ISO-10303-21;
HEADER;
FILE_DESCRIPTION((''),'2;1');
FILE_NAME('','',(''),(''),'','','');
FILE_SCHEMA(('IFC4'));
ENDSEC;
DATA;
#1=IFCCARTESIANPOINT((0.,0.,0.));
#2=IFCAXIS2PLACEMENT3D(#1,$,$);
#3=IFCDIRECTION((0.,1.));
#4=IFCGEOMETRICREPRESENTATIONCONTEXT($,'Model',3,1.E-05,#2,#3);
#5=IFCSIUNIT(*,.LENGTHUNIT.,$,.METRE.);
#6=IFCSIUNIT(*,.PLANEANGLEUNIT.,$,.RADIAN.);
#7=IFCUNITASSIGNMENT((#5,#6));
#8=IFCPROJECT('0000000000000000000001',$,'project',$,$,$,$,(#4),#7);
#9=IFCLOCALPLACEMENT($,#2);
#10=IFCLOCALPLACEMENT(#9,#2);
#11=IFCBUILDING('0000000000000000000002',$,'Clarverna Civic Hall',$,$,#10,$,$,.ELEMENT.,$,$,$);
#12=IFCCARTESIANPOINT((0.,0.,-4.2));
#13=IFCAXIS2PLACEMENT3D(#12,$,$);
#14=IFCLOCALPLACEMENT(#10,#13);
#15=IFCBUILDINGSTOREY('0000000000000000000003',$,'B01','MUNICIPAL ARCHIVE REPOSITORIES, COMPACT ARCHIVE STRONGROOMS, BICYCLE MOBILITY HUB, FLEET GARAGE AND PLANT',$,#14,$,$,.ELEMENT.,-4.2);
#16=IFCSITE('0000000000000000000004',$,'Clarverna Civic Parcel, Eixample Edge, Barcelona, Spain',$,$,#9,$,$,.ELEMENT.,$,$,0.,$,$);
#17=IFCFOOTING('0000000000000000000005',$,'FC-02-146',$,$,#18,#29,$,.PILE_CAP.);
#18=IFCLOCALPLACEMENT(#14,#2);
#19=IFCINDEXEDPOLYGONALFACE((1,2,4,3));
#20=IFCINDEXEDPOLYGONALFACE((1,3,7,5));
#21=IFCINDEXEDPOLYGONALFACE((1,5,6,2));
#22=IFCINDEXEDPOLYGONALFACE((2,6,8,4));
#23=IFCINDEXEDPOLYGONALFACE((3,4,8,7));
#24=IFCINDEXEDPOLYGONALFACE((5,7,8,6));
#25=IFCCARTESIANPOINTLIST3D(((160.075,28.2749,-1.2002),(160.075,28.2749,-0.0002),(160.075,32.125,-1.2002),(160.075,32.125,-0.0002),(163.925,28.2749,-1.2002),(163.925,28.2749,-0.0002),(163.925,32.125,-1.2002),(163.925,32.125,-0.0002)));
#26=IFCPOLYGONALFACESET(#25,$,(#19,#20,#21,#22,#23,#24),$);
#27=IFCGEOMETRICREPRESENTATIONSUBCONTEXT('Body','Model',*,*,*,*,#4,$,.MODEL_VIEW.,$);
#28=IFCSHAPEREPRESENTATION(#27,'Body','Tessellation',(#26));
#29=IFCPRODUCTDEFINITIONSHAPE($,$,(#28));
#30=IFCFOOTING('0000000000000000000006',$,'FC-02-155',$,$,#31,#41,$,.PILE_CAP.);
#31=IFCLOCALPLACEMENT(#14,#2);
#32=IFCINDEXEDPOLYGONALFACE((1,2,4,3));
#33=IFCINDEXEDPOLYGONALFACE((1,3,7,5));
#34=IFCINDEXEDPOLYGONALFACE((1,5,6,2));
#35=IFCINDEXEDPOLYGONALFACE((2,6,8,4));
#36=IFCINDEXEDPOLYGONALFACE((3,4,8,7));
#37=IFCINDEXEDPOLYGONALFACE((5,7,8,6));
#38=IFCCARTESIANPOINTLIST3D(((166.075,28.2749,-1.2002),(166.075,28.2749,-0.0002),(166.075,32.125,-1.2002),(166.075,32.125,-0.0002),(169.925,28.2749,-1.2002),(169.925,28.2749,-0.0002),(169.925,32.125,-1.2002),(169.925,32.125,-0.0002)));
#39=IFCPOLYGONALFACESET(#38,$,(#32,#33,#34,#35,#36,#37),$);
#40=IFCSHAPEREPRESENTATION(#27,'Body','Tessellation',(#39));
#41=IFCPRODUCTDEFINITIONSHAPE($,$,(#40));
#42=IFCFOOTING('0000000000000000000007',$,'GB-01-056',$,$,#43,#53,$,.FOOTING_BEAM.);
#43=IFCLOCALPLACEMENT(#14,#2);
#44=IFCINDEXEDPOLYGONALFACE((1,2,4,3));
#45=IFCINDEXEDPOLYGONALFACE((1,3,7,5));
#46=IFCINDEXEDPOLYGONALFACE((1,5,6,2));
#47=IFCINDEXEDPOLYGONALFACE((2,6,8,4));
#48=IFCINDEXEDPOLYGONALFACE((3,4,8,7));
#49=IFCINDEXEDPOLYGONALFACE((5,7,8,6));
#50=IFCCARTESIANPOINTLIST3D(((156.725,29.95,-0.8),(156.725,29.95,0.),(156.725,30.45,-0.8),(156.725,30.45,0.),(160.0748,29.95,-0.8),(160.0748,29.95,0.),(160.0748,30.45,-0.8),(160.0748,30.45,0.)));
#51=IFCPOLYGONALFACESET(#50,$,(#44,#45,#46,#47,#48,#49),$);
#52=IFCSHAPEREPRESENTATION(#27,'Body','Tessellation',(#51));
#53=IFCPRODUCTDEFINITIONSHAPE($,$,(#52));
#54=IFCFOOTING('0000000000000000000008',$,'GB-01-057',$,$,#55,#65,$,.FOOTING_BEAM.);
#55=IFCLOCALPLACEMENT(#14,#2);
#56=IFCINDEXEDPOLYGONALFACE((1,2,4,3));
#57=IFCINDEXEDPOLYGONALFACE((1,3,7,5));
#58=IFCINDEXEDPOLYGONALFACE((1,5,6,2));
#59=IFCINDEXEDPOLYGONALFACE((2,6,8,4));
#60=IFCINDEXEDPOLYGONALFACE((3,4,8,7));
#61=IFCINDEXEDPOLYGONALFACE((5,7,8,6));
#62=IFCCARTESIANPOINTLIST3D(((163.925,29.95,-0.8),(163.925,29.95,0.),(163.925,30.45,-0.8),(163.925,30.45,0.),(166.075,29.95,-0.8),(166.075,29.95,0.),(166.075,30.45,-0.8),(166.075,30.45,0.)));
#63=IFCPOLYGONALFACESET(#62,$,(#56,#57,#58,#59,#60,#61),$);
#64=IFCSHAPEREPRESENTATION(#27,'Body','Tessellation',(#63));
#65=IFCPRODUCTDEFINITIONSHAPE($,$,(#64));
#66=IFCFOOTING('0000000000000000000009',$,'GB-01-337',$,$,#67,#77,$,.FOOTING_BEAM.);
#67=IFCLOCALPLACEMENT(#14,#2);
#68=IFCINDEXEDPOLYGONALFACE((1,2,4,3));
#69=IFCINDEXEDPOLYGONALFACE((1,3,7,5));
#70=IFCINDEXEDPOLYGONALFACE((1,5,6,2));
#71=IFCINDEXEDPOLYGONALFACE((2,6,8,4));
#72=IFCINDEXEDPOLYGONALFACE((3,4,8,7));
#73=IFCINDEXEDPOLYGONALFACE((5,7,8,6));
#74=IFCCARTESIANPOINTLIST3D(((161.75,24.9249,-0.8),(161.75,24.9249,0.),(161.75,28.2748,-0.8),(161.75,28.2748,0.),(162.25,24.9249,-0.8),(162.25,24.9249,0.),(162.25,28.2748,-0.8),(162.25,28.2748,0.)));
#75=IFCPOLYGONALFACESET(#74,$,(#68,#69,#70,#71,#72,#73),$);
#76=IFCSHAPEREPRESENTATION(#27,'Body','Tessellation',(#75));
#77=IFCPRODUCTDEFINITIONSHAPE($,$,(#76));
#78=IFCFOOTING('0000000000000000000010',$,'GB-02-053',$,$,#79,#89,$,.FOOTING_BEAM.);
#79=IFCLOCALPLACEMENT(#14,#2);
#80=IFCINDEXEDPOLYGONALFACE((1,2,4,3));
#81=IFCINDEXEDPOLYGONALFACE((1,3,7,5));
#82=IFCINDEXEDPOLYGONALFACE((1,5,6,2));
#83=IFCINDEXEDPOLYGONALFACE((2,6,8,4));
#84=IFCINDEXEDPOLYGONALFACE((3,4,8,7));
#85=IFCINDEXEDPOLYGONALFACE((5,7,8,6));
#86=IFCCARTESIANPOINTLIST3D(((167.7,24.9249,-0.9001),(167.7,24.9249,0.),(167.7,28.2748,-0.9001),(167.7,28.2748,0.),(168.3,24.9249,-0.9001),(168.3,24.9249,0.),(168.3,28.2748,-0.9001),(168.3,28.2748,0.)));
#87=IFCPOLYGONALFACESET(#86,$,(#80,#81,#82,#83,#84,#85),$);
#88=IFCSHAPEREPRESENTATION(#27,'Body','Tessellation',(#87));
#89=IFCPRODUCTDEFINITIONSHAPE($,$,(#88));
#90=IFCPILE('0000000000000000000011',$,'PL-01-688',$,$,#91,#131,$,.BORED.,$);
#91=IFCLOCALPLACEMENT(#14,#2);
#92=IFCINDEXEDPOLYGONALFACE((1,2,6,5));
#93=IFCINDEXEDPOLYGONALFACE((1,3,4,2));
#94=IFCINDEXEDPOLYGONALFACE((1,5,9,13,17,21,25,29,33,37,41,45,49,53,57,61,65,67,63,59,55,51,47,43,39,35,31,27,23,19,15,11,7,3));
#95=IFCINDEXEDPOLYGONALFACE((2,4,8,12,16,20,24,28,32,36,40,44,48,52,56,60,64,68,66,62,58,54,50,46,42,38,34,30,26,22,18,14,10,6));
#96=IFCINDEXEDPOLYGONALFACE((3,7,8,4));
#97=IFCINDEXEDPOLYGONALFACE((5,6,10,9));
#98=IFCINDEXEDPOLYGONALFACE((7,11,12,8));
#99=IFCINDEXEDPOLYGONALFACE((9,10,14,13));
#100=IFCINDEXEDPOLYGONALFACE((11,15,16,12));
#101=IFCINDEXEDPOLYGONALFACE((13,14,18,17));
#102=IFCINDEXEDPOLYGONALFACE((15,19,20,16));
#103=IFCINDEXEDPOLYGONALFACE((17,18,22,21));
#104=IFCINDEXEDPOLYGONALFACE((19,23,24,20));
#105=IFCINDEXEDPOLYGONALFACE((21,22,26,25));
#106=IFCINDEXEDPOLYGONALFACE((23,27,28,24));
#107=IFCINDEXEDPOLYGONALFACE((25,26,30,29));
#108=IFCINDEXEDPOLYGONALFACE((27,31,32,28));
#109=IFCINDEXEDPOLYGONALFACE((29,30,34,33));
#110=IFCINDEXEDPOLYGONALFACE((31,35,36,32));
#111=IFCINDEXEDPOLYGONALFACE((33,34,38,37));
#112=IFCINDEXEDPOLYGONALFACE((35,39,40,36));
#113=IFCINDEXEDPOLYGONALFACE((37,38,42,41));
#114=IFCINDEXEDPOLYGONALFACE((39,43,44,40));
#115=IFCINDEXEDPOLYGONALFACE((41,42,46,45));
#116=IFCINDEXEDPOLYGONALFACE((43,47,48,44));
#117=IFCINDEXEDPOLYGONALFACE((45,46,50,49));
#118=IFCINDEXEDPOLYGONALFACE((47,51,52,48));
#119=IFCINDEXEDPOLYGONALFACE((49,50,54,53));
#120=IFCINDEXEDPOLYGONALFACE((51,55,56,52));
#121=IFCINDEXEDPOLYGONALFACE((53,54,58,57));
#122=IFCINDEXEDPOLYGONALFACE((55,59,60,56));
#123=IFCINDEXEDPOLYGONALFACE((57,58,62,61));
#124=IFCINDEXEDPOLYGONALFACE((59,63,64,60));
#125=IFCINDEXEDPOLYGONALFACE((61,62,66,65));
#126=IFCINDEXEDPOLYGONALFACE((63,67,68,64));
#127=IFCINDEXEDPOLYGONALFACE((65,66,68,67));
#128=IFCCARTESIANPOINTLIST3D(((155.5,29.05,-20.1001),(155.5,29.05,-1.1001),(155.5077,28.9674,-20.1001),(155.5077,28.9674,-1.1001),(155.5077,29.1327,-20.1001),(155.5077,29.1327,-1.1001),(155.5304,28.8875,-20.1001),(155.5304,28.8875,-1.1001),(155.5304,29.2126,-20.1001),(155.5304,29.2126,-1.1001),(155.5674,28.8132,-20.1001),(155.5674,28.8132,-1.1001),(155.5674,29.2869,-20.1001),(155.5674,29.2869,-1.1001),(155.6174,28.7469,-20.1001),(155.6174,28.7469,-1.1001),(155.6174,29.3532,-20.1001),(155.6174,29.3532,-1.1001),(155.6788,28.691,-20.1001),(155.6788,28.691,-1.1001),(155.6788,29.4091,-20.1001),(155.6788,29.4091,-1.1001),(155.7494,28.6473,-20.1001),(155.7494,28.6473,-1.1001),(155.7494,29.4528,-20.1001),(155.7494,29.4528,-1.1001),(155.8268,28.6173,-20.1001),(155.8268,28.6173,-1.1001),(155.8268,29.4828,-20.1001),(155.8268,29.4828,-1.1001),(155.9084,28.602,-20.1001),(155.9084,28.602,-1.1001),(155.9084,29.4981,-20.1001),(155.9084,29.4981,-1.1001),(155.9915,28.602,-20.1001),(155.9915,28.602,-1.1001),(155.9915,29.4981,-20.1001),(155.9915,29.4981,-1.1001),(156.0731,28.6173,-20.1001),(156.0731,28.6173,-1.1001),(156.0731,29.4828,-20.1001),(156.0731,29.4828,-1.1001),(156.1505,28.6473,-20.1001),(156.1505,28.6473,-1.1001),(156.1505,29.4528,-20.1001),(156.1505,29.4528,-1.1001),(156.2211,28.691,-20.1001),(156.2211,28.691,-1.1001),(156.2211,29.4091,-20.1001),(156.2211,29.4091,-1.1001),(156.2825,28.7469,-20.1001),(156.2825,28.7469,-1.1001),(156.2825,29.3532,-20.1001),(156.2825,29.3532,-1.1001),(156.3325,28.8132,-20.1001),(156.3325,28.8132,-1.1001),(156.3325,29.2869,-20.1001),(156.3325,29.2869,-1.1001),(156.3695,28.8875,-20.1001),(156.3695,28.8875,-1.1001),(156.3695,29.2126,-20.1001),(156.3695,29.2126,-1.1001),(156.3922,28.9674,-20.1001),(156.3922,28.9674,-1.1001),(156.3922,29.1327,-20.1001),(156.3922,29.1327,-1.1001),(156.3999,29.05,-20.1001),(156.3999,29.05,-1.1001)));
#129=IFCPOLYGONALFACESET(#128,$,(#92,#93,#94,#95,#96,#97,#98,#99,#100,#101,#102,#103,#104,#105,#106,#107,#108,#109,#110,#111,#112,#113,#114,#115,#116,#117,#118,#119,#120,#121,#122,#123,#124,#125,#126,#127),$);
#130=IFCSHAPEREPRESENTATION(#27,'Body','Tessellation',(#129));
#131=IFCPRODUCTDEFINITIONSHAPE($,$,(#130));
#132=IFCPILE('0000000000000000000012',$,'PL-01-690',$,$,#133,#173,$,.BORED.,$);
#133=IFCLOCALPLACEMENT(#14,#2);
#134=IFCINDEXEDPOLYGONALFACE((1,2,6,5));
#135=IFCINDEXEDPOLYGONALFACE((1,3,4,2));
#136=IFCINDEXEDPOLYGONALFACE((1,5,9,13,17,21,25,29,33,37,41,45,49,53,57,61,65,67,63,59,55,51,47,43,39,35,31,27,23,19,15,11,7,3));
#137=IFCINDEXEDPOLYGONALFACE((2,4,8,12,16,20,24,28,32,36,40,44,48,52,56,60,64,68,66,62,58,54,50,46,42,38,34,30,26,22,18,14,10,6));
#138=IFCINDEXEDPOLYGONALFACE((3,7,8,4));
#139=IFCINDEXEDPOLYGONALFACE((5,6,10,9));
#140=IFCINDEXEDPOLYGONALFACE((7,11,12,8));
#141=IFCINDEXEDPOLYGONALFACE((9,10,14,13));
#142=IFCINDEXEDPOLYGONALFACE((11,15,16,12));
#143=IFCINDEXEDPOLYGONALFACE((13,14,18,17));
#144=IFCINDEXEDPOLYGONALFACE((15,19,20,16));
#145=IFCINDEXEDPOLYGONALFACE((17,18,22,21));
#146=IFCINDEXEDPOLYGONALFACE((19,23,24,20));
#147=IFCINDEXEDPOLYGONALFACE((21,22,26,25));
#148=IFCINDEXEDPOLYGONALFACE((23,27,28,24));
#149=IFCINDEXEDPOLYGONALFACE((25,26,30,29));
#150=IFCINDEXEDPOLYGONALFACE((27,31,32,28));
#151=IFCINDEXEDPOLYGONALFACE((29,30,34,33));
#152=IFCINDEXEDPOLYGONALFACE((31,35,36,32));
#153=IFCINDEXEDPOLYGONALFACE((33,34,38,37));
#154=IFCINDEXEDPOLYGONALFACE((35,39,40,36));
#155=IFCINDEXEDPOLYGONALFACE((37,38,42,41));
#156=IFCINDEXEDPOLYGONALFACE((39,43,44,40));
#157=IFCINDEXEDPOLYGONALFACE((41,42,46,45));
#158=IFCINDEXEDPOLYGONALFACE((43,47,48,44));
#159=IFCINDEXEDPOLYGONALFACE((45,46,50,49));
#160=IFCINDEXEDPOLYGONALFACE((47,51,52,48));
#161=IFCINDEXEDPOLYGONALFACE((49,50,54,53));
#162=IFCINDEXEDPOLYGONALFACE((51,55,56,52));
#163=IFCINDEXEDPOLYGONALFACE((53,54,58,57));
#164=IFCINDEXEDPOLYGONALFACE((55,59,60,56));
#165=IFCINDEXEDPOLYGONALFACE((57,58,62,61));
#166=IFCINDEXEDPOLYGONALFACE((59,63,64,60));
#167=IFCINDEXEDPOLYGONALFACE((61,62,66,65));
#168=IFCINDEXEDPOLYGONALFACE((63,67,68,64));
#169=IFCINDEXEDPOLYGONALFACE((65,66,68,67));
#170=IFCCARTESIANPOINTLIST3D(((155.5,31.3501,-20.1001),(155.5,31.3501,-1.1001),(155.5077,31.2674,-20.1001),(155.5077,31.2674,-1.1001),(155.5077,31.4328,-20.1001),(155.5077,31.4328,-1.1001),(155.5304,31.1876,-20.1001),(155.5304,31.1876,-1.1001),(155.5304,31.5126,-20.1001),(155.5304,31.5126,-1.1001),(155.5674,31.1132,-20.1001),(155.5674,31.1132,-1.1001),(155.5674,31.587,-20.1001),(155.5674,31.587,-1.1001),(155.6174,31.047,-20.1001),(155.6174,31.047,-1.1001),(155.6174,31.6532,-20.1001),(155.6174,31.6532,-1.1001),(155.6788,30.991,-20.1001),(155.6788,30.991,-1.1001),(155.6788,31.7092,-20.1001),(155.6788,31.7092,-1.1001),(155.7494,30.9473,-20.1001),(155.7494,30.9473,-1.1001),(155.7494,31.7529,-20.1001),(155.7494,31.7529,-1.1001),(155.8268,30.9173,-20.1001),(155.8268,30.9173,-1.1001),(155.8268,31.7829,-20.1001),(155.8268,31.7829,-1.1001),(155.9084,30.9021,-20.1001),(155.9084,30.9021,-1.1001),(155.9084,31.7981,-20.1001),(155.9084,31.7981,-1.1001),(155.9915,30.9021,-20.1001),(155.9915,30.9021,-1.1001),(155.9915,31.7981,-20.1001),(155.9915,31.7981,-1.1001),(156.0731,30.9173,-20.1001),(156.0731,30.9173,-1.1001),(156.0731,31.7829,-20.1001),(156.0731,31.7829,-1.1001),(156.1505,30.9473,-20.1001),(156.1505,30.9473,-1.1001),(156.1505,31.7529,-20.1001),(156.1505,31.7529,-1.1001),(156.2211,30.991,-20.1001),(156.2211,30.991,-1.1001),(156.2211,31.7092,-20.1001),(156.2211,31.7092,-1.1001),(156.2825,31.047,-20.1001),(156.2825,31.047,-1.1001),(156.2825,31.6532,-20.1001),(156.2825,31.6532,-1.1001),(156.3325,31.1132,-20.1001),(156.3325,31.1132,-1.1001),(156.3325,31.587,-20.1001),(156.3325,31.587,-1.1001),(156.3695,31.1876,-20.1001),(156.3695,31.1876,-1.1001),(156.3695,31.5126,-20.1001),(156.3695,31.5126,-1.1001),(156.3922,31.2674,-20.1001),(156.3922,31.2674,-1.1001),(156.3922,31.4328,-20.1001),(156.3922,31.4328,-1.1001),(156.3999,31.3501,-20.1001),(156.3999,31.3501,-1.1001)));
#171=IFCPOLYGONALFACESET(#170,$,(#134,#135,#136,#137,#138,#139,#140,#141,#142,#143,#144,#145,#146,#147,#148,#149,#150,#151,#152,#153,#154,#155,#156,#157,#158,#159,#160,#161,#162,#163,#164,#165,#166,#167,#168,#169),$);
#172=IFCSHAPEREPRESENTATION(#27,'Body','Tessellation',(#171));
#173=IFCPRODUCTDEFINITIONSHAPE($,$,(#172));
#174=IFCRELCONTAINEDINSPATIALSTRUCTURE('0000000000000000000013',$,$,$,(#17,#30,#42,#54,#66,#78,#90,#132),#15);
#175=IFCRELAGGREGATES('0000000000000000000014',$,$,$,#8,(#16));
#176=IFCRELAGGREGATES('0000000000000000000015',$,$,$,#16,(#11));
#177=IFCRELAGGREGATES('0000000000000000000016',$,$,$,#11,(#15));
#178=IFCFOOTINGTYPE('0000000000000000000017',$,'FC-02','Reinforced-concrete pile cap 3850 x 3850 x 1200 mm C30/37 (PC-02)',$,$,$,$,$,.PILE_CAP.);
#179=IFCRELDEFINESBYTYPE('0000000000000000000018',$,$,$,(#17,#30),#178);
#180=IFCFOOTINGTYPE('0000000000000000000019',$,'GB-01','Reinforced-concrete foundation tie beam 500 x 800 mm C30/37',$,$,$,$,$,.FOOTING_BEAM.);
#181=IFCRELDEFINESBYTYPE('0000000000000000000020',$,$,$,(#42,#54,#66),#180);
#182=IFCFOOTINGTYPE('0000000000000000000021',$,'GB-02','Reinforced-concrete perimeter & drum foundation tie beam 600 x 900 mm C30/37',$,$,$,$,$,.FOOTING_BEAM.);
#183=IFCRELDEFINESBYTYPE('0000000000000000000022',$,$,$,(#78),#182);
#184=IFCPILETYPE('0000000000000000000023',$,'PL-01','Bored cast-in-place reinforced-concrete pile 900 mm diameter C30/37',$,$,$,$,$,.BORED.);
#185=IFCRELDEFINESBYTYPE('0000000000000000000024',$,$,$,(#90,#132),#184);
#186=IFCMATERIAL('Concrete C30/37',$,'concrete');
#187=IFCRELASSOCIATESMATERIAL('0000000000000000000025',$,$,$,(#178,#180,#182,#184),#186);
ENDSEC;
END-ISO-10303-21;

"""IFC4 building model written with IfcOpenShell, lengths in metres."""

from ifc_helpers import new_model, si_unit, direction, frame, frame_2d, origin, origin_2d, place, context, subcontext, project, spatial, rectangle, circle, extrude, material, material_profile, profile_set, type_object, element, save


model = new_model("IFC4")

# Units and contexts
model_context = context("Model", 3, precision=1e-05, world=origin(), true_north=direction((0.0, 1.0)))
body_context = subcontext(model_context, "Body", "Model", "MODEL_VIEW")
ifc_project = project(units=[si_unit("LENGTHUNIT", "METRE"), si_unit("PLANEANGLEUNIT", "RADIAN")], contexts=[model_context])

# Site, building, storey
site_placement = place(None, origin())
site = spatial("IfcSite", under=ifc_project, at=site_placement, Name="Clarverna Civic Parcel, Eixample Edge, Barcelona, Spain", CompositionType="ELEMENT", RefElevation=0.0)
building_placement = place(site_placement, origin())
building = spatial("IfcBuilding", under=site, at=building_placement, Name="Clarverna Civic Hall", CompositionType="ELEMENT")
storey_placement = place(building_placement, frame((0.0, 0.0, -4.2)))
storey = spatial("IfcBuildingStorey", under=building, at=storey_placement, Name="B01", Description="MUNICIPAL ARCHIVE REPOSITORIES, COMPACT ARCHIVE STRONGROOMS, BICYCLE MOBILITY HUB, FLEET GARAGE AND PLANT", CompositionType="ELEMENT", Elevation=-4.2)

# Footings
ifc_material_1 = material(Name="Concrete C30/37", Category="concrete")
footing_type_1 = type_object("IfcFootingType", Name="FC-02", Description="Reinforced-concrete pile cap 3850 x 3850 x 1200 mm C30/37 (PC-02)", PredefinedType="PILE_CAP", material=ifc_material_1)
for number, where, z_axis, x_axis, name in (
    (1, (162.0, 30.2, -1.2002), (0.0, 0.0, 1.0), (1.0, 0.0, 0.0), "FC-02-146"),
    (2, (168.0, 30.2, -1.2002), (0.0, 0.0, 1.0), (1.0, 0.0, 0.0), "FC-02-155"),
):
    element("IfcFooting", number, at=place(storey_placement, frame(where, z_axis=z_axis, x_axis=x_axis)), inside=storey, type_object=footing_type_1, Name=name, PredefinedType="PILE_CAP", context=body_context, shape_type="SweptSolid", body=[
        extrude(rectangle(XDim=3.8501, YDim=3.8501, at=origin_2d()), origin(), (0.0, 0.0, 1.0), 1.2),
    ])
footing_type_2 = type_object("IfcFootingType", Name="GB-01", Description="Reinforced-concrete foundation tie beam 500 x 800 mm C30/37", PredefinedType="FOOTING_BEAM", material=ifc_material_1)
footing_1_placement = place(storey_placement, frame((156.7251, 30.2, -0.8), z_axis=(0.0, 0.0, 1.0), x_axis=(1.0, 0.0, 0.0)))
element("IfcFooting", 3, at=footing_1_placement, inside=storey, type_object=footing_type_2, Name="GB-01-056", PredefinedType="FOOTING_BEAM", context=body_context, shape_type="SweptSolid", body=[
    extrude(rectangle(XDim=3.3499, YDim=0.5, at=frame_2d((1.6748, 0.0))), origin(), (0.0, 0.0, 1.0), 0.8),
])
footing_2_placement = place(storey_placement, frame((163.925, 30.2, -0.8), z_axis=(0.0, 0.0, 1.0), x_axis=(1.0, 0.0, 0.0)))
element("IfcFooting", 4, at=footing_2_placement, inside=storey, type_object=footing_type_2, Name="GB-01-057", PredefinedType="FOOTING_BEAM", context=body_context, shape_type="SweptSolid", body=[
    extrude(rectangle(XDim=2.1499, YDim=0.5, at=frame_2d((1.075, 0.0))), origin(), (0.0, 0.0, 1.0), 0.8),
])
footing_3_placement = place(storey_placement, frame((162.0, 24.925, -0.8), z_axis=(0.0, 0.0, 1.0), x_axis=(0.0, 1.0, 0.0)))
element("IfcFooting", 5, at=footing_3_placement, inside=storey, type_object=footing_type_2, Name="GB-01-337", PredefinedType="FOOTING_BEAM", context=body_context, shape_type="SweptSolid", body=[
    extrude(rectangle(XDim=3.3499, YDim=0.5, at=frame_2d((1.6748, 0.0))), origin(), (0.0, 0.0, 1.0), 0.8),
])
footing_type_3 = type_object("IfcFootingType", Name="GB-02", Description="Reinforced-concrete perimeter & drum foundation tie beam 600 x 900 mm C30/37", PredefinedType="FOOTING_BEAM", material=ifc_material_1)
footing_4_placement = place(storey_placement, frame((168.0, 24.925, -0.9001), z_axis=(0.0, 0.0, 1.0), x_axis=(0.0, 1.0, 0.0)))
element("IfcFooting", 6, at=footing_4_placement, inside=storey, type_object=footing_type_3, Name="GB-02-053", PredefinedType="FOOTING_BEAM", context=body_context, shape_type="SweptSolid", body=[
    extrude(rectangle(XDim=3.3499, YDim=0.6001, at=frame_2d((1.6748, 0.0))), origin(), (0.0, 0.0, 1.0), 0.9001),
])

# Piles
ifc_material_profile_1 = material_profile(ifc_material_1, circle(Radius=0.45, at=origin_2d()), Name="BORED PILE D900")
ifc_profile_set_1 = profile_set([ifc_material_profile_1], Name="Concrete C30/37")
pile_type = type_object("IfcPileType", Name="PL-01", Description="Bored cast-in-place reinforced-concrete pile 900 mm diameter C30/37", PredefinedType="BORED", material=ifc_profile_set_1)
for number, where, z_axis, x_axis, name in (
    (7, (155.95, 29.05, -1.1001), (0.0, 0.0, -1.0), (1.0, 0.0, 0.0), "PL-01-688"),
    (8, (155.95, 31.3501, -1.1001), (0.0, 0.0, -1.0), (1.0, 0.0, 0.0), "PL-01-690"),
):
    element("IfcPile", number, at=place(storey_placement, frame(where, z_axis=z_axis, x_axis=x_axis)), inside=storey, type_object=pile_type, Name=name, PredefinedType="BORED", context=body_context, shape_type="SweptSolid", body=[
        extrude(circle(Radius=0.45, at=origin_2d()), origin(), (0.0, 0.0, 1.0), 19.0),
    ])

save(model, "model.ifc")
